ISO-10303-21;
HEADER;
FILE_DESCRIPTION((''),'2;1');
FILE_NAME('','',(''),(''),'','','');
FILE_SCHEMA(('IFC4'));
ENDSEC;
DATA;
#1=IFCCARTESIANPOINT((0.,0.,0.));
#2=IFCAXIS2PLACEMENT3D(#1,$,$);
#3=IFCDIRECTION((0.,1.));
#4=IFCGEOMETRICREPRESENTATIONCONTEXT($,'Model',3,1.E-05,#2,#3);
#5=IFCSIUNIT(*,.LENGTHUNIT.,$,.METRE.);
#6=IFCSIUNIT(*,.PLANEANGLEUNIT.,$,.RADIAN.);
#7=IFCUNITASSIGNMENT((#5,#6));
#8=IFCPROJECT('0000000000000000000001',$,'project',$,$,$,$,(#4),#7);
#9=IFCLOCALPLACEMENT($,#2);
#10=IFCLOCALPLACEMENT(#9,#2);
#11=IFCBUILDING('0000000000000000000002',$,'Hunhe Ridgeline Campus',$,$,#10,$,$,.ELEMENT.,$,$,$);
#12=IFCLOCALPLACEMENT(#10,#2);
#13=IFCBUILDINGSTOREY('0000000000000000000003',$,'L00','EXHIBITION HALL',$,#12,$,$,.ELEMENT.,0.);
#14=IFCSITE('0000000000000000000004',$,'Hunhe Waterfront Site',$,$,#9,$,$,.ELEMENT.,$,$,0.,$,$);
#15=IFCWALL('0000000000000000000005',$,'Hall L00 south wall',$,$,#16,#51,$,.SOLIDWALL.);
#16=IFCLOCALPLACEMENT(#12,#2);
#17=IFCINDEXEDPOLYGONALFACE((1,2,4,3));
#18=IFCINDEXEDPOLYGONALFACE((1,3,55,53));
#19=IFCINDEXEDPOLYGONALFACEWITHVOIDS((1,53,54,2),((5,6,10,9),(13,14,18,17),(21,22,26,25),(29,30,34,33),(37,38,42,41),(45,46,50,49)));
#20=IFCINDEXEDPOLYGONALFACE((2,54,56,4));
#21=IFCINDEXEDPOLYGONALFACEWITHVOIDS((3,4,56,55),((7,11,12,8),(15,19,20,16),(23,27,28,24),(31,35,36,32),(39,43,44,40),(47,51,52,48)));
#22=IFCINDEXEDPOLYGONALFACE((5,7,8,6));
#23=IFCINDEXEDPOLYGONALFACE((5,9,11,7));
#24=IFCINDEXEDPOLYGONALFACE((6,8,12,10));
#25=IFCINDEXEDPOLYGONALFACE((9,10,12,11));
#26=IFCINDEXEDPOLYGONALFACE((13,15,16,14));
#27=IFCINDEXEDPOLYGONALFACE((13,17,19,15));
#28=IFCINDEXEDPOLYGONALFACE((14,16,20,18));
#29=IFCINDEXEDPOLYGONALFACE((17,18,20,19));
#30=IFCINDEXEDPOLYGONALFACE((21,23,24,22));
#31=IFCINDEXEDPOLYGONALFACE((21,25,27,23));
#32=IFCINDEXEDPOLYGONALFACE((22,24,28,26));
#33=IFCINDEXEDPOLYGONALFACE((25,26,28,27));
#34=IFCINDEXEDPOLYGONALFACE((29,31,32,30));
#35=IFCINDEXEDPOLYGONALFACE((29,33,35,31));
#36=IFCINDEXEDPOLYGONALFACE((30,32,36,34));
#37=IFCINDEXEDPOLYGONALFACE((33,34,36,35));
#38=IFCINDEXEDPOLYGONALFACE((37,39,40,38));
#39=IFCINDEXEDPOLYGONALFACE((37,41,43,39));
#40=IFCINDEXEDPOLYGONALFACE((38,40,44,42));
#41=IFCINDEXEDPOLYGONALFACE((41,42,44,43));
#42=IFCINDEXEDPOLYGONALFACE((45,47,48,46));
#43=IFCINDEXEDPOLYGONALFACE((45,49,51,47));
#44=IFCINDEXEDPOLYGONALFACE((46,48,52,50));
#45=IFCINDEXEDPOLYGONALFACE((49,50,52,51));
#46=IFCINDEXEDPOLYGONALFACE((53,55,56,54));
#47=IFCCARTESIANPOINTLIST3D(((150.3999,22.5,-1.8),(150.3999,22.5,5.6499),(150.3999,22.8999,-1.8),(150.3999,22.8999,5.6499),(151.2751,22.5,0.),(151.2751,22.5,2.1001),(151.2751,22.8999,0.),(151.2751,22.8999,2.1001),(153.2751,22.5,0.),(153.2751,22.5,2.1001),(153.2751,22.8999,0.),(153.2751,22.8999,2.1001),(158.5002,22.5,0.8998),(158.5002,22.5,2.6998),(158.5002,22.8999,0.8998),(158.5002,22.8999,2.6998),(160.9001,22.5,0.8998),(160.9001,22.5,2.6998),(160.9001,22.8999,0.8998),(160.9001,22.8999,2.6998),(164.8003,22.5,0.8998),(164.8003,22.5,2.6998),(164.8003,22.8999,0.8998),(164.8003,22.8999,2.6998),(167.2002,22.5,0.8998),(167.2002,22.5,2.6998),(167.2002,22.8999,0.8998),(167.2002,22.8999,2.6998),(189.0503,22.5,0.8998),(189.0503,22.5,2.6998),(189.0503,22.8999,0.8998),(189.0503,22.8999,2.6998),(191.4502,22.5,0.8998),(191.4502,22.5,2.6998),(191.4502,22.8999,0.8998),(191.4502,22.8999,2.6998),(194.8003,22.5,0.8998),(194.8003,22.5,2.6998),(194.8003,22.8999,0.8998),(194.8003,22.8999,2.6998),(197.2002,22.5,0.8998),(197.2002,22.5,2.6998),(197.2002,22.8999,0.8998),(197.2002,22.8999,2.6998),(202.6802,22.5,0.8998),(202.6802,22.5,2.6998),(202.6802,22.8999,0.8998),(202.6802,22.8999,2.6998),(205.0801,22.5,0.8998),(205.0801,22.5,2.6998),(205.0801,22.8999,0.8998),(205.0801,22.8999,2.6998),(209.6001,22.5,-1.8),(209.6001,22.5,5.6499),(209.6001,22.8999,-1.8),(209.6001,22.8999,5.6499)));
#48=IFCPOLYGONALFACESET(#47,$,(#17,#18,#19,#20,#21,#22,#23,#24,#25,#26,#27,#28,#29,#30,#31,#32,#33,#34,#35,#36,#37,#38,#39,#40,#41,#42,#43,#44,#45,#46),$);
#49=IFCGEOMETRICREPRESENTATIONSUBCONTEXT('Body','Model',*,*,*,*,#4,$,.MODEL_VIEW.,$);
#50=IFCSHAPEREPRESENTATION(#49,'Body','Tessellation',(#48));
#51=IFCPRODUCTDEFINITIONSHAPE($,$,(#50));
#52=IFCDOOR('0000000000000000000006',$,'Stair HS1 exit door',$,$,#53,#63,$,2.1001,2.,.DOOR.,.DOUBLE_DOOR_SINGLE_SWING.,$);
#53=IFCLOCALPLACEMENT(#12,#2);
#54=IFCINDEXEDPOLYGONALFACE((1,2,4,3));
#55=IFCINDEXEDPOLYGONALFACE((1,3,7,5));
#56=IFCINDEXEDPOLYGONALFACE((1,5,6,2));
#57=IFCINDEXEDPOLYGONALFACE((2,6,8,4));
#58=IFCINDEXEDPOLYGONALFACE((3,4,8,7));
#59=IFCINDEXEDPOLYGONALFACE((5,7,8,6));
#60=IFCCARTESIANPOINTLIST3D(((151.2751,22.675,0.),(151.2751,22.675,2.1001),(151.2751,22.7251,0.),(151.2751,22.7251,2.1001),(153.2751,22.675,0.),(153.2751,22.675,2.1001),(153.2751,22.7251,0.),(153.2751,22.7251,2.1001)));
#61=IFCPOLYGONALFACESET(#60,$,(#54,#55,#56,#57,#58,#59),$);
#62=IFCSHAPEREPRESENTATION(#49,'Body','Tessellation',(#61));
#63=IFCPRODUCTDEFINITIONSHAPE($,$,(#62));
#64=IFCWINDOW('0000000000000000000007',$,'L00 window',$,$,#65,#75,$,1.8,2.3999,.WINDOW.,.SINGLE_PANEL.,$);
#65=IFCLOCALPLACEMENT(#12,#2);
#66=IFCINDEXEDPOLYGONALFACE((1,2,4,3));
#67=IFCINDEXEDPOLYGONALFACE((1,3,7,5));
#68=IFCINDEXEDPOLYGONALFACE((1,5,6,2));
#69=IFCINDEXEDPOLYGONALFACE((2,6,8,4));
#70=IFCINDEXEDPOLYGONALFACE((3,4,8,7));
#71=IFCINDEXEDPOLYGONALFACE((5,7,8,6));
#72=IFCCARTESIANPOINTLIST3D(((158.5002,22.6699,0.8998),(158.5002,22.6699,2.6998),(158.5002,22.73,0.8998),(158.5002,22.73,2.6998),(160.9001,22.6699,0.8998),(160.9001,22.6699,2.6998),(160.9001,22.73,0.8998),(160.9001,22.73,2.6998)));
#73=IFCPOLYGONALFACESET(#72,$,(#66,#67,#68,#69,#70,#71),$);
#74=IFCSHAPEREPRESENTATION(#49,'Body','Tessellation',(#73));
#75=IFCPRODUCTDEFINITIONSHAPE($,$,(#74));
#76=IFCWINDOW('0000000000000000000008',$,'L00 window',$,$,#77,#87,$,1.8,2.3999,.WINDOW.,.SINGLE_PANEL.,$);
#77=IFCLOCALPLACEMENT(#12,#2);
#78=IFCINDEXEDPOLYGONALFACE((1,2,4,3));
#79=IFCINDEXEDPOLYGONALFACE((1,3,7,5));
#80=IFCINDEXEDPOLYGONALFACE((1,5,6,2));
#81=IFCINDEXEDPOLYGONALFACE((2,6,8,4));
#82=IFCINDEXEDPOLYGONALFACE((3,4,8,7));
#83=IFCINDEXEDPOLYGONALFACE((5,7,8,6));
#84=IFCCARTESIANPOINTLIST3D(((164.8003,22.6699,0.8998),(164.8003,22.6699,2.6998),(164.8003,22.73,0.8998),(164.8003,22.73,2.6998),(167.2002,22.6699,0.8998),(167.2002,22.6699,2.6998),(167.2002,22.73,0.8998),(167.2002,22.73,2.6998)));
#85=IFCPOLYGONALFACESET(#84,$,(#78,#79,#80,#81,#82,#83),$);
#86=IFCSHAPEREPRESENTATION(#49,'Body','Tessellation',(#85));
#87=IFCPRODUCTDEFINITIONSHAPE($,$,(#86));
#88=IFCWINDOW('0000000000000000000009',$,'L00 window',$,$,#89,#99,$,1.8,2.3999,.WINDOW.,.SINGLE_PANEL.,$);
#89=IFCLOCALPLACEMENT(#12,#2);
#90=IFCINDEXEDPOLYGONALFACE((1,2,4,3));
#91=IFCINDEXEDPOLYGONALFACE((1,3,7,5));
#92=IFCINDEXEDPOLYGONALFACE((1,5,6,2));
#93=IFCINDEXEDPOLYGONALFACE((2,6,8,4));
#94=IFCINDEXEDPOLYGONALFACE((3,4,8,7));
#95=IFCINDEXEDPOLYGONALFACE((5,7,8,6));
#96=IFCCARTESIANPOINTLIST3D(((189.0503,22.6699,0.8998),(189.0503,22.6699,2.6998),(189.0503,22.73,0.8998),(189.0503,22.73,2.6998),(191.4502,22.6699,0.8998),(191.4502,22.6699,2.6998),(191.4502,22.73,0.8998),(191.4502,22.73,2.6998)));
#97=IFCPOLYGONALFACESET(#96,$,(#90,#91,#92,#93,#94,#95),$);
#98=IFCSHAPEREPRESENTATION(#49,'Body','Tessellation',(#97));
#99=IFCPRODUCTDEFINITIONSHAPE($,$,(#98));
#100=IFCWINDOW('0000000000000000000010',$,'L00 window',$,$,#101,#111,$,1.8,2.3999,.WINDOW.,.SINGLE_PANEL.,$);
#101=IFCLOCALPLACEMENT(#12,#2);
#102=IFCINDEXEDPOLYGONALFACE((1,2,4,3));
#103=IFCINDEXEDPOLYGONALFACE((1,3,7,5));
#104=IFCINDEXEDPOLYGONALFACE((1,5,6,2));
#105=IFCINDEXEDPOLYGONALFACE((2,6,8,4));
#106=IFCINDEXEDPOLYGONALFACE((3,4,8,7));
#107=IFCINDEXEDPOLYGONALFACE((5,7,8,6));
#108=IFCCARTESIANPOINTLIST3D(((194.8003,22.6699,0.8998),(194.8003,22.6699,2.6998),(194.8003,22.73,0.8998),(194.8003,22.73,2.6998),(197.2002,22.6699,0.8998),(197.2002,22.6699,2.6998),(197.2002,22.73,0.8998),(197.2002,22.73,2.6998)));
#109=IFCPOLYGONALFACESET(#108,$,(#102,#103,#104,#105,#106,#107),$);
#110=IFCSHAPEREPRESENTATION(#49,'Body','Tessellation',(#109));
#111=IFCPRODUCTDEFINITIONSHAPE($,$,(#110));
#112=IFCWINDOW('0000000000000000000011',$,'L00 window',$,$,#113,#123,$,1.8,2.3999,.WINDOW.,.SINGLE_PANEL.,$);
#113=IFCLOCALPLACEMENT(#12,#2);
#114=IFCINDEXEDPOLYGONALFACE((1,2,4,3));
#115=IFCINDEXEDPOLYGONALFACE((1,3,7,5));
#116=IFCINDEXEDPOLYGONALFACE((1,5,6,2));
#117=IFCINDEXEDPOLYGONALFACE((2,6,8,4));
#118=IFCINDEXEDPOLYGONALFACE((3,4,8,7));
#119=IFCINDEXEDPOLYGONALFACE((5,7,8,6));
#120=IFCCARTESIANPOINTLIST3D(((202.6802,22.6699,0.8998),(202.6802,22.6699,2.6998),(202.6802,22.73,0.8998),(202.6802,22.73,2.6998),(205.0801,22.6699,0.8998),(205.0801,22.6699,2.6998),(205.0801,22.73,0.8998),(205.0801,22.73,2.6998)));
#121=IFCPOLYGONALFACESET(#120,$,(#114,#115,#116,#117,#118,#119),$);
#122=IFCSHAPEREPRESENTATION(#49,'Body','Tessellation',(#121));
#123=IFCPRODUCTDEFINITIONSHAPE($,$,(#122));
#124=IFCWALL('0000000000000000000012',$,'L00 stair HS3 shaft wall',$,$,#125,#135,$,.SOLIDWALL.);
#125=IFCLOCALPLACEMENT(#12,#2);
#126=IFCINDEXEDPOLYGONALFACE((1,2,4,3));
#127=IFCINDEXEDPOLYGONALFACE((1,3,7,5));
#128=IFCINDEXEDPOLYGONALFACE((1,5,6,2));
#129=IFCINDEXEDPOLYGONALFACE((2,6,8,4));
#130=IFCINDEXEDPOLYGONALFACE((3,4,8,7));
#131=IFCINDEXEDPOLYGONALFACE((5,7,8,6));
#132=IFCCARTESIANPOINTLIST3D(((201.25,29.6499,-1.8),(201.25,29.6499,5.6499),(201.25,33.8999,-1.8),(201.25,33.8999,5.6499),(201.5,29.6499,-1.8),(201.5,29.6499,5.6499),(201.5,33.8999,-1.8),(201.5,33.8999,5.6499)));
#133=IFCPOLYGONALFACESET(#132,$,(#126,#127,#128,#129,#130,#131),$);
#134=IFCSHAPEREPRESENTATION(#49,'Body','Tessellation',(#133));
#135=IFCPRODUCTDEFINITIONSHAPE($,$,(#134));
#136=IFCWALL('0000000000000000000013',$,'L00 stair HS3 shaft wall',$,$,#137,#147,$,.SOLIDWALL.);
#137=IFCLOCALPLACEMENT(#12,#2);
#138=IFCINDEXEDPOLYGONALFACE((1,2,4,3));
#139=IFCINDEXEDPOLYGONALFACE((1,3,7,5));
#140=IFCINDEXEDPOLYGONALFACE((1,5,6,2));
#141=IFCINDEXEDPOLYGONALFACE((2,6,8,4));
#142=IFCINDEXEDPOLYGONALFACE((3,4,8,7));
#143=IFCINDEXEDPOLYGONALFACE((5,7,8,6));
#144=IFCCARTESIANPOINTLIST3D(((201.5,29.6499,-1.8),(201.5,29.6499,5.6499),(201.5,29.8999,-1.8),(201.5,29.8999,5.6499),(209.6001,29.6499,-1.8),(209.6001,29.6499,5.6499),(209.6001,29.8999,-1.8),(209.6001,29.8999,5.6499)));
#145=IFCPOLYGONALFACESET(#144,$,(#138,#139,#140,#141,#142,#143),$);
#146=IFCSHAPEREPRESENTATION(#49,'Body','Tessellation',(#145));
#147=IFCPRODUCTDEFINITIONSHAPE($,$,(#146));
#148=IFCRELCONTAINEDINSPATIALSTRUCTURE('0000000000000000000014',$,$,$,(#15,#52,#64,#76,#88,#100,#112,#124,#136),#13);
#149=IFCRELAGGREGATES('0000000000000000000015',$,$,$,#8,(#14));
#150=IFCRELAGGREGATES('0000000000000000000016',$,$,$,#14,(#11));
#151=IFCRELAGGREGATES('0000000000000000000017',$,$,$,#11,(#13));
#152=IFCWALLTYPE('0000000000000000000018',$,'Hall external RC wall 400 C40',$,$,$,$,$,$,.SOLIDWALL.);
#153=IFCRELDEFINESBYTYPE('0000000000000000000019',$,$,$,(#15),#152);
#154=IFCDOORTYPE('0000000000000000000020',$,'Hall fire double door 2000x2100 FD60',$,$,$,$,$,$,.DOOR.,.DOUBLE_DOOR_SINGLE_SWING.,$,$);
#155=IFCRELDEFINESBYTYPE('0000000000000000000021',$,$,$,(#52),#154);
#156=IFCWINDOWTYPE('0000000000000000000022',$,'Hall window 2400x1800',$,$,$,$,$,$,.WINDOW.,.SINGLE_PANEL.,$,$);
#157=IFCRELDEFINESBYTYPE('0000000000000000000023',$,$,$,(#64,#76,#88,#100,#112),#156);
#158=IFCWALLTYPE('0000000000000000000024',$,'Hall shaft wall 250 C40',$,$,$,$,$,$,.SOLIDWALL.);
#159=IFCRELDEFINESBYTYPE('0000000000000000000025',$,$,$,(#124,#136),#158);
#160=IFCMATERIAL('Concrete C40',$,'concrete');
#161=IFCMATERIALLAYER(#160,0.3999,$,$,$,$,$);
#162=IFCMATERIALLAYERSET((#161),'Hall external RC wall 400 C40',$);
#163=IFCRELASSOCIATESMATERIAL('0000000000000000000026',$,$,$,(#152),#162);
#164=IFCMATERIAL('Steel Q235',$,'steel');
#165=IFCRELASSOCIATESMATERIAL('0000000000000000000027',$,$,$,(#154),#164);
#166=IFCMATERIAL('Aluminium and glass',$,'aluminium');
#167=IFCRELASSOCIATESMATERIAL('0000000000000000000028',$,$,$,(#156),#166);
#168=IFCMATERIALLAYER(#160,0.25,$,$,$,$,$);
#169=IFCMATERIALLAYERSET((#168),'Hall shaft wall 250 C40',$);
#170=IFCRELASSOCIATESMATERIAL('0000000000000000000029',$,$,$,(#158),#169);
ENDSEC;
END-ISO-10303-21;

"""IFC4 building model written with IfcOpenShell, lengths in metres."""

from ifc_helpers import new_model, si_unit, direction, frame, frame_2d, origin, place, context, subcontext, project, spatial, rectangle, extrude, material, layer, layer_set, type_object, element, fill, save


model = new_model("IFC4")

# Units and contexts
model_context = context("Model", 3, precision=1e-05, world=origin(), true_north=direction((0.0, 1.0)))
body_context = subcontext(model_context, "Body", "Model", "MODEL_VIEW")
ifc_project = project(units=[si_unit("LENGTHUNIT", "METRE"), si_unit("PLANEANGLEUNIT", "RADIAN")], contexts=[model_context])

# Site, building, storey
site_placement = place(None, origin())
site = spatial("IfcSite", under=ifc_project, at=site_placement, Name="Hunhe Waterfront Site", CompositionType="ELEMENT", RefElevation=0.0)
building_placement = place(site_placement, origin())
building = spatial("IfcBuilding", under=site, at=building_placement, Name="Hunhe Ridgeline Campus", CompositionType="ELEMENT")
storey_placement = place(building_placement, origin())
storey = spatial("IfcBuildingStorey", under=building, at=storey_placement, Name="L00", Description="EXHIBITION HALL", CompositionType="ELEMENT", Elevation=0.0)

# Wall, openings, door, windows
ifc_material_1 = material(Name="Concrete C40", Category="concrete")
ifc_layer_1 = layer(ifc_material_1, 0.3999)
ifc_layer_set_1 = layer_set([ifc_layer_1], Name="Hall external RC wall 400 C40")
wall_type_1 = type_object("IfcWallType", Name="Hall external RC wall 400 C40", PredefinedType="SOLIDWALL", material=ifc_layer_set_1)
wall_1_placement = place(storey_placement, frame((209.6001, 22.7, -1.8), z_axis=(0.0, 0.0, 1.0), x_axis=(-1.0, 0.0, 0.0)))
wall_1 = element("IfcWall", 1, at=wall_1_placement, inside=storey, type_object=wall_type_1, Name="Hall L00 south wall", PredefinedType="SOLIDWALL", context=body_context, shape_type="SweptSolid", body=[
    extrude(rectangle(XDim=59.2002, YDim=0.3999, at=frame_2d((29.6001, 0.0))), origin(), (0.0, 0.0, 1.0), 7.45),
])
opening_1_placement = place(wall_1_placement, frame((56.325, 0.0, 1.8)))
opening_1 = element("IfcOpeningElement", 2, at=opening_1_placement, cuts=wall_1, PredefinedType="OPENING", context=body_context, shape_type="SweptSolid", body=[
    extrude(rectangle(XDim=2.0, YDim=2.1001, at=frame_2d((1.0, 1.05))), frame((0.0, 0.2, 0.0), z_axis=(0.0, -1.0, 0.0), x_axis=(1.0, 0.0, 0.0)), (0.0, 0.0, 1.0), 0.3999),
])
opening_2_placement = place(wall_1_placement, frame((48.7, 0.0, 2.7)))
opening_2 = element("IfcOpeningElement", 3, at=opening_2_placement, cuts=wall_1, PredefinedType="OPENING", context=body_context, shape_type="SweptSolid", body=[
    extrude(rectangle(XDim=2.3999, YDim=1.8, at=frame_2d((1.2, 0.8999))), frame((0.0, 0.2, 0.0), z_axis=(0.0, -1.0, 0.0), x_axis=(1.0, 0.0, 0.0)), (0.0, 0.0, 1.0), 0.3999),
])
opening_3_placement = place(wall_1_placement, frame((42.3999, 0.0, 2.7)))
opening_3 = element("IfcOpeningElement", 4, at=opening_3_placement, cuts=wall_1, PredefinedType="OPENING", context=body_context, shape_type="SweptSolid", body=[
    extrude(rectangle(XDim=2.3999, YDim=1.8, at=frame_2d((1.2, 0.8999))), frame((0.0, 0.2, 0.0), z_axis=(0.0, -1.0, 0.0), x_axis=(1.0, 0.0, 0.0)), (0.0, 0.0, 1.0), 0.3999),
])
opening_4_placement = place(wall_1_placement, frame((18.1499, 0.0, 2.7)))
opening_4 = element("IfcOpeningElement", 5, at=opening_4_placement, cuts=wall_1, PredefinedType="OPENING", context=body_context, shape_type="SweptSolid", body=[
    extrude(rectangle(XDim=2.3999, YDim=1.8, at=frame_2d((1.2, 0.8999))), frame((0.0, 0.2, 0.0), z_axis=(0.0, -1.0, 0.0), x_axis=(1.0, 0.0, 0.0)), (0.0, 0.0, 1.0), 0.3999),
])
opening_5_placement = place(wall_1_placement, frame((12.3999, 0.0, 2.7)))
opening_5 = element("IfcOpeningElement", 6, at=opening_5_placement, cuts=wall_1, PredefinedType="OPENING", context=body_context, shape_type="SweptSolid", body=[
    extrude(rectangle(XDim=2.3999, YDim=1.8, at=frame_2d((1.2, 0.8999))), frame((0.0, 0.2, 0.0), z_axis=(0.0, -1.0, 0.0), x_axis=(1.0, 0.0, 0.0)), (0.0, 0.0, 1.0), 0.3999),
])
opening_6_placement = place(wall_1_placement, frame((4.52, 0.0, 2.7)))
opening_6 = element("IfcOpeningElement", 7, at=opening_6_placement, cuts=wall_1, PredefinedType="OPENING", context=body_context, shape_type="SweptSolid", body=[
    extrude(rectangle(XDim=2.3999, YDim=1.8, at=frame_2d((1.2, 0.8999))), frame((0.0, 0.2, 0.0), z_axis=(0.0, -1.0, 0.0), x_axis=(1.0, 0.0, 0.0)), (0.0, 0.0, 1.0), 0.3999),
])
ifc_material_2 = material(Name="Steel Q235", Category="steel")
door_type = type_object("IfcDoorType", Name="Hall fire double door 2000x2100 FD60", OperationType="DOUBLE_DOOR_SINGLE_SWING", PredefinedType="DOOR", material=ifc_material_2)
door_placement = place(opening_1_placement, origin())
door = element("IfcDoor", 8, at=door_placement, inside=storey, type_object=door_type, Name="Stair HS1 exit door", OperationType="DOUBLE_DOOR_SINGLE_SWING", OverallHeight=2.1001, OverallWidth=2.0, PredefinedType="DOOR", context=body_context, shape_type="SweptSolid", body=[
    extrude(rectangle(XDim=2.0, YDim=2.1001, at=frame_2d((1.0, 1.05))), frame((0.0, 0.0249, 0.0), z_axis=(0.0, -1.0, 0.0), x_axis=(1.0, 0.0, 0.0)), (0.0, 0.0, 1.0), 0.05),
])
fill(opening_1, door)
ifc_material_3 = material(Name="Aluminium and glass", Category="aluminium")
window_type = type_object("IfcWindowType", Name="Hall window 2400x1800", PartitioningType="SINGLE_PANEL", PredefinedType="WINDOW", material=ifc_material_3)
window_1_placement = place(opening_2_placement, origin())
window_1 = element("IfcWindow", 9, at=window_1_placement, inside=storey, type_object=window_type, Name="L00 window", OverallHeight=1.8, OverallWidth=2.3999, PartitioningType="SINGLE_PANEL", PredefinedType="WINDOW", context=body_context, shape_type="SweptSolid", body=[
    extrude(rectangle(XDim=2.3999, YDim=1.8, at=frame_2d((1.2, 0.8999))), frame((0.0, 0.03, 0.0), z_axis=(0.0, -1.0, 0.0), x_axis=(1.0, 0.0, 0.0)), (0.0, 0.0, 1.0), 0.0601),
])
fill(opening_2, window_1)
window_2_placement = place(opening_3_placement, origin())
window_2 = element("IfcWindow", 10, at=window_2_placement, inside=storey, type_object=window_type, Name="L00 window", OverallHeight=1.8, OverallWidth=2.3999, PartitioningType="SINGLE_PANEL", PredefinedType="WINDOW", context=body_context, shape_type="SweptSolid", body=[
    extrude(rectangle(XDim=2.3999, YDim=1.8, at=frame_2d((1.2, 0.8999))), frame((0.0, 0.03, 0.0), z_axis=(0.0, -1.0, 0.0), x_axis=(1.0, 0.0, 0.0)), (0.0, 0.0, 1.0), 0.0601),
])
fill(opening_3, window_2)
window_3_placement = place(opening_4_placement, origin())
window_3 = element("IfcWindow", 11, at=window_3_placement, inside=storey, type_object=window_type, Name="L00 window", OverallHeight=1.8, OverallWidth=2.3999, PartitioningType="SINGLE_PANEL", PredefinedType="WINDOW", context=body_context, shape_type="SweptSolid", body=[
    extrude(rectangle(XDim=2.3999, YDim=1.8, at=frame_2d((1.2, 0.8999))), frame((0.0, 0.03, 0.0), z_axis=(0.0, -1.0, 0.0), x_axis=(1.0, 0.0, 0.0)), (0.0, 0.0, 1.0), 0.0601),
])
fill(opening_4, window_3)
window_4_placement = place(opening_5_placement, origin())
window_4 = element("IfcWindow", 12, at=window_4_placement, inside=storey, type_object=window_type, Name="L00 window", OverallHeight=1.8, OverallWidth=2.3999, PartitioningType="SINGLE_PANEL", PredefinedType="WINDOW", context=body_context, shape_type="SweptSolid", body=[
    extrude(rectangle(XDim=2.3999, YDim=1.8, at=frame_2d((1.2, 0.8999))), frame((0.0, 0.03, 0.0), z_axis=(0.0, -1.0, 0.0), x_axis=(1.0, 0.0, 0.0)), (0.0, 0.0, 1.0), 0.0601),
])
fill(opening_5, window_4)
window_5_placement = place(opening_6_placement, origin())
window_5 = element("IfcWindow", 13, at=window_5_placement, inside=storey, type_object=window_type, Name="L00 window", OverallHeight=1.8, OverallWidth=2.3999, PartitioningType="SINGLE_PANEL", PredefinedType="WINDOW", context=body_context, shape_type="SweptSolid", body=[
    extrude(rectangle(XDim=2.3999, YDim=1.8, at=frame_2d((1.2, 0.8999))), frame((0.0, 0.03, 0.0), z_axis=(0.0, -1.0, 0.0), x_axis=(1.0, 0.0, 0.0)), (0.0, 0.0, 1.0), 0.0601),
])
fill(opening_6, window_5)

# Walls
ifc_layer_2 = layer(ifc_material_1, 0.25)
ifc_layer_set_2 = layer_set([ifc_layer_2], Name="Hall shaft wall 250 C40")
wall_type_2 = type_object("IfcWallType", Name="Hall shaft wall 250 C40", PredefinedType="SOLIDWALL", material=ifc_layer_set_2)
wall_2_placement = place(storey_placement, frame((201.375, 29.6499, -1.8), z_axis=(0.0, 0.0, 1.0), x_axis=(0.0, 1.0, 0.0)))
element("IfcWall", 14, at=wall_2_placement, inside=storey, type_object=wall_type_2, Name="L00 stair HS3 shaft wall", PredefinedType="SOLIDWALL", context=body_context, shape_type="SweptSolid", body=[
    extrude(rectangle(XDim=4.25, YDim=0.25, at=frame_2d((2.125, 0.0))), origin(), (0.0, 0.0, 1.0), 7.45),
])
wall_3_placement = place(storey_placement, frame((209.6001, 29.7749, -1.8), z_axis=(0.0, 0.0, 1.0), x_axis=(-1.0, 0.0, 0.0)))
element("IfcWall", 15, at=wall_3_placement, inside=storey, type_object=wall_type_2, Name="L00 stair HS3 shaft wall", PredefinedType="SOLIDWALL", context=body_context, shape_type="SweptSolid", body=[
    extrude(rectangle(XDim=8.1001, YDim=0.25, at=frame_2d((4.05, 0.0))), origin(), (0.0, 0.0, 1.0), 7.45),
])

save(model, "model.ifc")
